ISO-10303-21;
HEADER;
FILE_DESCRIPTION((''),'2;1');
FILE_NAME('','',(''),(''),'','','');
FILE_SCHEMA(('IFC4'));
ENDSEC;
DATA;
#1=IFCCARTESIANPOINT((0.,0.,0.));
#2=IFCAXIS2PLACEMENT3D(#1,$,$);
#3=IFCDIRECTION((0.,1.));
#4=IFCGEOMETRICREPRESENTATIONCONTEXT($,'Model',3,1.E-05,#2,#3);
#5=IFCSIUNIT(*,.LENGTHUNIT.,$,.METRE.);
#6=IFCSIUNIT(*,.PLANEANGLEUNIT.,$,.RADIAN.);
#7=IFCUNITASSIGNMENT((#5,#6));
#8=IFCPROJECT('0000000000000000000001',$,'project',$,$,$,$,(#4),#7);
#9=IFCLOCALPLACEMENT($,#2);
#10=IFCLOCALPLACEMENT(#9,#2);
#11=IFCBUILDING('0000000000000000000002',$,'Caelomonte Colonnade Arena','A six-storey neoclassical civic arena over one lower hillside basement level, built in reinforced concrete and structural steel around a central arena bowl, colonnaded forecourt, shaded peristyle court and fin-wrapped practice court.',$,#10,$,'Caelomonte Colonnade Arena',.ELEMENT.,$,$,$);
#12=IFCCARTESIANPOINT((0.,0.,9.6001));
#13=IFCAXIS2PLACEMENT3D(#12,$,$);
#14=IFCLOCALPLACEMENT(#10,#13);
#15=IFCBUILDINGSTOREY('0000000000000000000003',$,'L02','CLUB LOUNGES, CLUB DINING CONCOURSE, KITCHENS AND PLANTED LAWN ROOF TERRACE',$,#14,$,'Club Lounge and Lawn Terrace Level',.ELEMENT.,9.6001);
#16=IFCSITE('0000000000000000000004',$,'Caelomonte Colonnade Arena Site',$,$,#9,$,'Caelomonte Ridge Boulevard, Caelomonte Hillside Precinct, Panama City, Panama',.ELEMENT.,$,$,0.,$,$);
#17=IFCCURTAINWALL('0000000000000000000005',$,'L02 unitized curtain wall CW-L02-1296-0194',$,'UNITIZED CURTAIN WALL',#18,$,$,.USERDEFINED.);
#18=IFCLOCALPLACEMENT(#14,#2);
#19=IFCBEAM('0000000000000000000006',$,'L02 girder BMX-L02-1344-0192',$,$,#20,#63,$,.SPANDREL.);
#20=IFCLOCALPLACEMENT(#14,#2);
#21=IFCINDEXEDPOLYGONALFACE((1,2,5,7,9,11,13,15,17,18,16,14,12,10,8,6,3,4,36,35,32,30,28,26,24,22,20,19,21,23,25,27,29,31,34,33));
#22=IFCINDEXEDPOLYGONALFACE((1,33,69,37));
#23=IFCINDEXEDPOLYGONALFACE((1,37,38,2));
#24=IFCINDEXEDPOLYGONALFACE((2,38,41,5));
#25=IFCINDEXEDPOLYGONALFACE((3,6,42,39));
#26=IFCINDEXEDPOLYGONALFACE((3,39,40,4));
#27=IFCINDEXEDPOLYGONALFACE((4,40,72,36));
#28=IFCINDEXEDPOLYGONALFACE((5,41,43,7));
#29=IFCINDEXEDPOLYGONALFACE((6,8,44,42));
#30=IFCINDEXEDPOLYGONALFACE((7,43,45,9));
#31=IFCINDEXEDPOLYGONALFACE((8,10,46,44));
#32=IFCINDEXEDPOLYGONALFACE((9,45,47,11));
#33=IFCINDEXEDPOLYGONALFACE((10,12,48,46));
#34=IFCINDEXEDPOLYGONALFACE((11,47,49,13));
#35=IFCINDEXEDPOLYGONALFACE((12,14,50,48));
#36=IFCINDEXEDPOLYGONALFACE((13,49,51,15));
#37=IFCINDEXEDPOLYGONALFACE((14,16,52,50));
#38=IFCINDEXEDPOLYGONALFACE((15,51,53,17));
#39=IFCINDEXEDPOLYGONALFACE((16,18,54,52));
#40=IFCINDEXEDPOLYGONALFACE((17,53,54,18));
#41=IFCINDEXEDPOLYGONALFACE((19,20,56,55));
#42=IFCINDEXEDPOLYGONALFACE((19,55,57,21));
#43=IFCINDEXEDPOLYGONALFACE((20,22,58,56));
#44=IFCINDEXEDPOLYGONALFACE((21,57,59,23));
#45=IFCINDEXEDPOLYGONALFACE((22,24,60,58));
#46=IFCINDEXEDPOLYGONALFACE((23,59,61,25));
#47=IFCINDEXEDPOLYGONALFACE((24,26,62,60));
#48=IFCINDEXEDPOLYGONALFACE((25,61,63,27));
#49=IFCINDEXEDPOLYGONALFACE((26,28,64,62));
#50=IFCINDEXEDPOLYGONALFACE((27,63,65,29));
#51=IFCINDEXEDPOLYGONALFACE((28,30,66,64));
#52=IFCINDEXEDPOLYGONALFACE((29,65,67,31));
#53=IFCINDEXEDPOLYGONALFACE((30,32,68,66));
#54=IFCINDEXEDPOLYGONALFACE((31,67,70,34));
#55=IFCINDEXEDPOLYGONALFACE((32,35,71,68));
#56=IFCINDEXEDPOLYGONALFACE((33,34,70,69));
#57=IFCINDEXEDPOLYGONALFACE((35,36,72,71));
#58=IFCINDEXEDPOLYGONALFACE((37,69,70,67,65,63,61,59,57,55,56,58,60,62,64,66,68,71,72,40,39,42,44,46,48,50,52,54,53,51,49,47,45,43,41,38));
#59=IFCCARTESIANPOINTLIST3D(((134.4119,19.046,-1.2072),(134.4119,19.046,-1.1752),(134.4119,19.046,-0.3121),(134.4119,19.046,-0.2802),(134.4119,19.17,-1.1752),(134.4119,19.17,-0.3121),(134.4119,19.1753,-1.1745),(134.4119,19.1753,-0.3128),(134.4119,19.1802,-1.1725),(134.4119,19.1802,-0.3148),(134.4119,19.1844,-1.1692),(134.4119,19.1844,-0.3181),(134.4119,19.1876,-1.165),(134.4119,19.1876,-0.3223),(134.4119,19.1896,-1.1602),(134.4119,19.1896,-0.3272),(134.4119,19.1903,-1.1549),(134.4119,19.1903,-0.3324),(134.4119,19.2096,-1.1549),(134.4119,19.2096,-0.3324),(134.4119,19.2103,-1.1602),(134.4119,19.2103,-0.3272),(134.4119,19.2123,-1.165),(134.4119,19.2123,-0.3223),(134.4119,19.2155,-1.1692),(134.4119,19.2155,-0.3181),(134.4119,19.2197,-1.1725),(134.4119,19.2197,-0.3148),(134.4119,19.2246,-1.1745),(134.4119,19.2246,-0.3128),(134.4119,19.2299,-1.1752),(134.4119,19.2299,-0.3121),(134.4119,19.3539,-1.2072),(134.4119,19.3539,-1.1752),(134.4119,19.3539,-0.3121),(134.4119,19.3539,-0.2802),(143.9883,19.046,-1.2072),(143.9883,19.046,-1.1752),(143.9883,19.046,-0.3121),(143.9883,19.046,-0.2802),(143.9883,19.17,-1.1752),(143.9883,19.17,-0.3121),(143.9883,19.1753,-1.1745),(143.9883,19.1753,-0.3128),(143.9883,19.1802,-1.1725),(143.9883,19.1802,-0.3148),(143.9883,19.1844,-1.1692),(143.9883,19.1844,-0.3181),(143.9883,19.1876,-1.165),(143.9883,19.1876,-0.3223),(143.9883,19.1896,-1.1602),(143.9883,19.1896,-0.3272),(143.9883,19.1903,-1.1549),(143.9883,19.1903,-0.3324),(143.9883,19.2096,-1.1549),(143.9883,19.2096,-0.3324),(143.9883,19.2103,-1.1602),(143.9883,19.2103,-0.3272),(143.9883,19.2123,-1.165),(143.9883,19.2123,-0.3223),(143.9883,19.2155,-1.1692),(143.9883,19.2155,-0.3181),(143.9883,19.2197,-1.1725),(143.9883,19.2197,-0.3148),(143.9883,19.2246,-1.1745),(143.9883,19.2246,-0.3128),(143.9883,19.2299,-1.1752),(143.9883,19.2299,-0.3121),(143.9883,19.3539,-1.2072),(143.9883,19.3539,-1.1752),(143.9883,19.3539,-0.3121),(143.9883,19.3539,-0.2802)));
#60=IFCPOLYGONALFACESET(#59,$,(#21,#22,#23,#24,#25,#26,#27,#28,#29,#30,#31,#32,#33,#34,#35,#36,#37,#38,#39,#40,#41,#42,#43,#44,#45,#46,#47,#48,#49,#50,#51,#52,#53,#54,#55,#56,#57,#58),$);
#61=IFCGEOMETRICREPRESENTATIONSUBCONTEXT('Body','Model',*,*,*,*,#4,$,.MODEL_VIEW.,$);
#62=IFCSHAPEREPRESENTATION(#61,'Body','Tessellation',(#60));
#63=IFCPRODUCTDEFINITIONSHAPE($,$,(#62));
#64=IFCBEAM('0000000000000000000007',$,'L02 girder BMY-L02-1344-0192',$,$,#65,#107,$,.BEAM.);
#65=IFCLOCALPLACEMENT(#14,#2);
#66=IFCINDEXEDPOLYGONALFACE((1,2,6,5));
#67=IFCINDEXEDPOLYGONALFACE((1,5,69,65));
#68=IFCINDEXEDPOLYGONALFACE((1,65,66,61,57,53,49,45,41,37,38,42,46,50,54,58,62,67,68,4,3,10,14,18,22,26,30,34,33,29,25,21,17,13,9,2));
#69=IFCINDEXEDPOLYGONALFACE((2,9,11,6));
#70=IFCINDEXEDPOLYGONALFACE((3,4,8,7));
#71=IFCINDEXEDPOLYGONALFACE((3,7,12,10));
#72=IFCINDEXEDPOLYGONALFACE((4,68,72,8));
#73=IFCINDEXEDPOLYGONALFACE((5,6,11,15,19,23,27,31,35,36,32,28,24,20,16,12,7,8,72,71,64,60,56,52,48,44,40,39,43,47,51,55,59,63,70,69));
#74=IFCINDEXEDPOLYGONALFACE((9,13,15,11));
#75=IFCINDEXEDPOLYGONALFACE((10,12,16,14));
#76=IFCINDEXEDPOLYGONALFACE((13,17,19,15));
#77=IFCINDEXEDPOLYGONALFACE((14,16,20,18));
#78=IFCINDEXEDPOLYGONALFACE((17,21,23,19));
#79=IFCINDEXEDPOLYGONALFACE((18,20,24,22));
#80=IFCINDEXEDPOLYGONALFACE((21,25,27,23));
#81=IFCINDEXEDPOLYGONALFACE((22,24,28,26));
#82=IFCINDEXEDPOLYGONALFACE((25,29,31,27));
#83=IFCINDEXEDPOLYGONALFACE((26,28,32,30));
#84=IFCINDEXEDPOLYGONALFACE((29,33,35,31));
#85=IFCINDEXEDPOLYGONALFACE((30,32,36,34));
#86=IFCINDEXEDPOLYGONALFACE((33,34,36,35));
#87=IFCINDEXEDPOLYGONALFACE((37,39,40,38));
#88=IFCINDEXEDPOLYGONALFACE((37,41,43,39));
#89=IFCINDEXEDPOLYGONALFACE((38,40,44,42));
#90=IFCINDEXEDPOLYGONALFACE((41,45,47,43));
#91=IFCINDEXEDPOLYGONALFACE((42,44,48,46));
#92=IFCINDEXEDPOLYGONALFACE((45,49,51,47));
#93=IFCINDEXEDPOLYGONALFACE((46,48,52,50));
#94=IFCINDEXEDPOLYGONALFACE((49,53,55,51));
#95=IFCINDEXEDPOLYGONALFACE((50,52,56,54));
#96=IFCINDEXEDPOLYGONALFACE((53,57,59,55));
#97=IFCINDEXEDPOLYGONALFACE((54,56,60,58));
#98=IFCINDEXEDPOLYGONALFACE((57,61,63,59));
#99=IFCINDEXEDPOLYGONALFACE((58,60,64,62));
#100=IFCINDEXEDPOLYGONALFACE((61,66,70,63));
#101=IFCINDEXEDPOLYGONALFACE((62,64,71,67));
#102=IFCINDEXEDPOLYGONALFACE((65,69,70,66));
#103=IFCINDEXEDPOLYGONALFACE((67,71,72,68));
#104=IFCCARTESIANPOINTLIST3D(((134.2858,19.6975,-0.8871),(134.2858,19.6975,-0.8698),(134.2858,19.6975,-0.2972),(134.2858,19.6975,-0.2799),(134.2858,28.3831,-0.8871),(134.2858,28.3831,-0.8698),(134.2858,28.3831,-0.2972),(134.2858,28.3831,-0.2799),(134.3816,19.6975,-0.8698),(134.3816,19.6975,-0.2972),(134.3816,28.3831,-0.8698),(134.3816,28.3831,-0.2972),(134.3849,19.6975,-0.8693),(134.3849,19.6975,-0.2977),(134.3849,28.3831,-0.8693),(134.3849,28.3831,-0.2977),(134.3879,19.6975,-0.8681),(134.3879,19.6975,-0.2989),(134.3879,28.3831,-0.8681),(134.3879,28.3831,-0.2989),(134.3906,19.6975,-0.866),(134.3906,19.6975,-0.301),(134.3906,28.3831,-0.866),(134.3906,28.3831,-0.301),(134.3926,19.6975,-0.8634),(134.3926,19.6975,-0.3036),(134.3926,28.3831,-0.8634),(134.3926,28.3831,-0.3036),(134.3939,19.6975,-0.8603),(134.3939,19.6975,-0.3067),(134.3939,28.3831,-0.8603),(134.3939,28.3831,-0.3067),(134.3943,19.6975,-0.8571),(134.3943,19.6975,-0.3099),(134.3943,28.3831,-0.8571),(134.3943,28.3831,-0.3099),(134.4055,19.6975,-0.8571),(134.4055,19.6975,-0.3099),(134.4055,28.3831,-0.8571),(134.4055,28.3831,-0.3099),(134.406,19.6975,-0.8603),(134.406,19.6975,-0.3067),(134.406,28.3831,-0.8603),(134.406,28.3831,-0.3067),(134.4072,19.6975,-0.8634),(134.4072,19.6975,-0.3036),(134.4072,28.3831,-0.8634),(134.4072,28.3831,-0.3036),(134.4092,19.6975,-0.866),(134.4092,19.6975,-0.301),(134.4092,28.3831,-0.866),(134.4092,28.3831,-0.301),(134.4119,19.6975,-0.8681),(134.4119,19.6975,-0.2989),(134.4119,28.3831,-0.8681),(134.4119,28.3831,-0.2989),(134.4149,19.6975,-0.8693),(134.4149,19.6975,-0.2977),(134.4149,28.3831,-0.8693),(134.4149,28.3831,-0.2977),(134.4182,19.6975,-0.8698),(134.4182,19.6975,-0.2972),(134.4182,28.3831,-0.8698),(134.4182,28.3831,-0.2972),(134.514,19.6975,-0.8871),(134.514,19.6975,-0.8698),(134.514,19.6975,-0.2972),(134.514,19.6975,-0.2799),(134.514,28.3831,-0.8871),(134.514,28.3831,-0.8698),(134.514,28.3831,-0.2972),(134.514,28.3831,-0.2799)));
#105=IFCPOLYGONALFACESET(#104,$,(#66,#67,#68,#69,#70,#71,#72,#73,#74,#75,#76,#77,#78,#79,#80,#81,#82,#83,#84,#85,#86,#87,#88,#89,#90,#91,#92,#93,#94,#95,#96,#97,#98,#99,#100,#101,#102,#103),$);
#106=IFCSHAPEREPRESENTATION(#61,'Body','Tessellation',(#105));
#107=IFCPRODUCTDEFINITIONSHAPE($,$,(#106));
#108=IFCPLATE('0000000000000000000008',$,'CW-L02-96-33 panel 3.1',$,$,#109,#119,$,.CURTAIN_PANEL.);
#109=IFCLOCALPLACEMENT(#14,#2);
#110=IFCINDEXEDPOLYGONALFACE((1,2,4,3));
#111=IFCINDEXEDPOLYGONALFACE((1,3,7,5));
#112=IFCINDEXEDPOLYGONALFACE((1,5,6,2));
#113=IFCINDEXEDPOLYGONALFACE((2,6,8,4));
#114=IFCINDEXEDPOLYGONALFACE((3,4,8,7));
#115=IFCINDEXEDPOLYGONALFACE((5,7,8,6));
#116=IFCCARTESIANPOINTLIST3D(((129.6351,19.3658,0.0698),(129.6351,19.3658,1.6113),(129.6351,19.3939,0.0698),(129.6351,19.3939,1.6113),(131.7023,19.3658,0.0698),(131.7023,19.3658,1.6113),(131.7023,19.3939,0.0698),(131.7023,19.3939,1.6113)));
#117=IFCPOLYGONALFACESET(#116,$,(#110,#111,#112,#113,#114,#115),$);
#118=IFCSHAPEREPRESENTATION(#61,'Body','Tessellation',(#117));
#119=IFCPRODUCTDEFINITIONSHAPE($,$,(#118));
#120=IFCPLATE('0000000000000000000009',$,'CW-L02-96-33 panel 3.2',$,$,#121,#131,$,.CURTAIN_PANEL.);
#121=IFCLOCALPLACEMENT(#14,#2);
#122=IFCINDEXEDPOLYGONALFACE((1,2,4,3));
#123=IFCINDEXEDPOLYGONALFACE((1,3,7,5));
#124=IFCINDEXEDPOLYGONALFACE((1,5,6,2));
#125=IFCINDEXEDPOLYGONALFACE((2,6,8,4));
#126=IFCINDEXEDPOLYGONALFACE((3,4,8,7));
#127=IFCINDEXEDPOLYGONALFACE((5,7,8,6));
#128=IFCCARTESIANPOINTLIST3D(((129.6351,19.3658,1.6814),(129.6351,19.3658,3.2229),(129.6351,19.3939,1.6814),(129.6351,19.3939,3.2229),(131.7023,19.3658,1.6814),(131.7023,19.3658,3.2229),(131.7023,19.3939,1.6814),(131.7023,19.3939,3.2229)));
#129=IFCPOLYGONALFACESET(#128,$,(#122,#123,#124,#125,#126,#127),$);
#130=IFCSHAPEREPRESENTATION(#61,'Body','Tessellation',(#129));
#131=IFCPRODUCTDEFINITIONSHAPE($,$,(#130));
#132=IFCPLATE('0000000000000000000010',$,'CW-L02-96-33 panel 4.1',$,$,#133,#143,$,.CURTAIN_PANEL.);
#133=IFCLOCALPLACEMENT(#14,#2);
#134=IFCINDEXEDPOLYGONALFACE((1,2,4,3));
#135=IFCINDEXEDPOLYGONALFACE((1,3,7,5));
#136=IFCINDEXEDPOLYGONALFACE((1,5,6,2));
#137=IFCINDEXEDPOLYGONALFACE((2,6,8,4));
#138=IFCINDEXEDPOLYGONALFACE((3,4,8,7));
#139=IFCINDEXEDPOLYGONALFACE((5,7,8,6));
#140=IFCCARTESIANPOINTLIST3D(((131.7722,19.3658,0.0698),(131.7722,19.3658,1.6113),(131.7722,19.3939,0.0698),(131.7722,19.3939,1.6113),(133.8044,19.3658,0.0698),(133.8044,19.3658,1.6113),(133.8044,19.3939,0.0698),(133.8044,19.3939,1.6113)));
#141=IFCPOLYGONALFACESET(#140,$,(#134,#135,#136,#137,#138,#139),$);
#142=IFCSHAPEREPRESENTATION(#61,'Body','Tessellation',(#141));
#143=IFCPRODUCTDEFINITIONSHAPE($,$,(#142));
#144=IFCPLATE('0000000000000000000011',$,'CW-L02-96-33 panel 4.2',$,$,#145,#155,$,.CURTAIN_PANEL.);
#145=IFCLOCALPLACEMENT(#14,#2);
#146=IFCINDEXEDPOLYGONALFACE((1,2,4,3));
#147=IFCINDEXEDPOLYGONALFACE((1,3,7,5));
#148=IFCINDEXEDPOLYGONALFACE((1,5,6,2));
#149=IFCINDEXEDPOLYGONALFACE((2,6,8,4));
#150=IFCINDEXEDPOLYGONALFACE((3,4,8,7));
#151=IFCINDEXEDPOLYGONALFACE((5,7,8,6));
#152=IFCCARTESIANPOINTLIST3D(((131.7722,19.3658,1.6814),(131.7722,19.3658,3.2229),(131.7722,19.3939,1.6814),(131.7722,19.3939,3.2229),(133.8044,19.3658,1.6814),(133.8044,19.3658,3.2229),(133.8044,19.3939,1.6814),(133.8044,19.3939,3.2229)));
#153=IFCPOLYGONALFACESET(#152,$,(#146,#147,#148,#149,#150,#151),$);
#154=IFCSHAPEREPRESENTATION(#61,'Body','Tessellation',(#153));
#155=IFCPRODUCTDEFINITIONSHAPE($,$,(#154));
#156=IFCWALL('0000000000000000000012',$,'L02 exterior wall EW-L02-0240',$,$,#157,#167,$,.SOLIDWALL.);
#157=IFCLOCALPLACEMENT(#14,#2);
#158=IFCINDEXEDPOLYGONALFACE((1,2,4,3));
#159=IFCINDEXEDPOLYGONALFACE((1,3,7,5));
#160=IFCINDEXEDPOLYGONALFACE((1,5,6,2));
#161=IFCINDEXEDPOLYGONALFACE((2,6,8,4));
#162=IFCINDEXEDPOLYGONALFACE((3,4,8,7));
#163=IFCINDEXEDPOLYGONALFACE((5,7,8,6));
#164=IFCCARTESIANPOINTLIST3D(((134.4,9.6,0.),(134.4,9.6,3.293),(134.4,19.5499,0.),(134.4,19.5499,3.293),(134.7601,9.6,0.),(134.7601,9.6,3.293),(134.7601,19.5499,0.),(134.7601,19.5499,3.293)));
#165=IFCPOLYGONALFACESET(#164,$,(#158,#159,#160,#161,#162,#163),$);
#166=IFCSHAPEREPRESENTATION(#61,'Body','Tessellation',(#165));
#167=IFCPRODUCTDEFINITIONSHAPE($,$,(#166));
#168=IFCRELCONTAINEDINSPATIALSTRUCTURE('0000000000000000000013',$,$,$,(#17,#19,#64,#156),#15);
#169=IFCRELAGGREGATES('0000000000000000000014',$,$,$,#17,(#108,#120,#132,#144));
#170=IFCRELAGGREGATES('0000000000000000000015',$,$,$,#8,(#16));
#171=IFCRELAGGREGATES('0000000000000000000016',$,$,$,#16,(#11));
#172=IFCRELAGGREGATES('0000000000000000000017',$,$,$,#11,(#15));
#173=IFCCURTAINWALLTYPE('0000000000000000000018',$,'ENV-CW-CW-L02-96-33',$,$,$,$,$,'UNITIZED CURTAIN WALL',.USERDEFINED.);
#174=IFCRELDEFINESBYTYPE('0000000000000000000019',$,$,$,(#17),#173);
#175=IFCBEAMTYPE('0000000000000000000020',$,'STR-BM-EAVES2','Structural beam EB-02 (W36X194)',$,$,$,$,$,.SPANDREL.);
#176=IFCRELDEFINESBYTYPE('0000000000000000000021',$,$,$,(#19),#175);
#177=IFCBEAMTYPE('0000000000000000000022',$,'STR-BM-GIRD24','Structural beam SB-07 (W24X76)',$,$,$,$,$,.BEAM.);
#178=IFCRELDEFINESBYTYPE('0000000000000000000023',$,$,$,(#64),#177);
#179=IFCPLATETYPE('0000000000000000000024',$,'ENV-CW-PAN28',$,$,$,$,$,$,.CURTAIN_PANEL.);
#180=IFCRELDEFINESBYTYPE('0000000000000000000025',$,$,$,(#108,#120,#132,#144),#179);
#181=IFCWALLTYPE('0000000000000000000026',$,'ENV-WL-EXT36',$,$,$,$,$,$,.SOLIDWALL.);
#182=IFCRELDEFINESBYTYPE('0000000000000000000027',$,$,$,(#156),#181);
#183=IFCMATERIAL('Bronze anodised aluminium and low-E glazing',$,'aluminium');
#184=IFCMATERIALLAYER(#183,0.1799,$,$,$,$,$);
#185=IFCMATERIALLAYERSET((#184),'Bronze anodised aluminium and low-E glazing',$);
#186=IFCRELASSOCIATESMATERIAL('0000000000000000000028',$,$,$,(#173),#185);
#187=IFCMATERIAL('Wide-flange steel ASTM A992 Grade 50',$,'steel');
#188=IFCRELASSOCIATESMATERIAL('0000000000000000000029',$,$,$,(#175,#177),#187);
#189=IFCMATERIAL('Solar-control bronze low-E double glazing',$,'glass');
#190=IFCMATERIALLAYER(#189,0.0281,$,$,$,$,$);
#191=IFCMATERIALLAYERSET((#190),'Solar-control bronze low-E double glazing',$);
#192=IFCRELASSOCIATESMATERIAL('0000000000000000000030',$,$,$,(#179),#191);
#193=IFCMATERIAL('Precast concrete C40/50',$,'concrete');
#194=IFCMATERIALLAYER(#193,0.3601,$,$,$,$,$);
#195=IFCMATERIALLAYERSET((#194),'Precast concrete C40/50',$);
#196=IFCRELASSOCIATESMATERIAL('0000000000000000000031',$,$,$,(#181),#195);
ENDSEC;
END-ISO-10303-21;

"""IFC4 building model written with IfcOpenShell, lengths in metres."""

from ifc_helpers import new_model, si_unit, direction, frame, frame_2d, origin, origin_2d, place, context, subcontext, project, spatial, rectangle, i_section, extrude, material, layer, layer_set, material_profile, profile_set, type_object, element, aggregate, save


model = new_model("IFC4")

# Units and contexts
model_context = context("Model", 3, precision=1e-05, world=origin(), true_north=direction((0.0, 1.0)))
body_context = subcontext(model_context, "Body", "Model", "MODEL_VIEW")
ifc_project = project(units=[si_unit("LENGTHUNIT", "METRE"), si_unit("PLANEANGLEUNIT", "RADIAN")], contexts=[model_context])

# Site, building, storey
site_placement = place(None, origin())
site = spatial("IfcSite", under=ifc_project, at=site_placement, Name="Caelomonte Colonnade Arena Site", LongName="Caelomonte Ridge Boulevard, Caelomonte Hillside Precinct, Panama City, Panama", CompositionType="ELEMENT", RefElevation=0.0)
building_placement = place(site_placement, origin())
building = spatial("IfcBuilding", under=site, at=building_placement, Name="Caelomonte Colonnade Arena", Description="A six-storey neoclassical civic arena over one lower hillside basement level, built in reinforced concrete and structural steel around a central arena bowl, colonnaded forecourt, shaded peristyle court and fin-wrapped practice court.", LongName="Caelomonte Colonnade Arena", CompositionType="ELEMENT")
storey_placement = place(building_placement, frame((0.0, 0.0, 9.6001)))
storey = spatial("IfcBuildingStorey", under=building, at=storey_placement, Name="L02", Description="CLUB LOUNGES, CLUB DINING CONCOURSE, KITCHENS AND PLANTED LAWN ROOF TERRACE", LongName="Club Lounge and Lawn Terrace Level", CompositionType="ELEMENT", Elevation=9.6001)

# Shared definitions
ifc_material_1 = material(Name="Wide-flange steel ASTM A992 Grade 50", Category="steel")

# Curtain wall
ifc_material_2 = material(Name="Bronze anodised aluminium and low-E glazing", Category="aluminium")
ifc_layer_1 = layer(ifc_material_2, 0.1799)
ifc_layer_set_1 = layer_set([ifc_layer_1], Name="Bronze anodised aluminium and low-E glazing")
curtain_wall_type = type_object("IfcCurtainWallType", Name="ENV-CW-CW-L02-96-33", ElementType="UNITIZED CURTAIN WALL", PredefinedType="USERDEFINED", material=ifc_layer_set_1)
curtain_wall_placement = place(storey_placement, origin())
curtain_wall = element("IfcCurtainWall", 1, at=curtain_wall_placement, inside=storey, type_object=curtain_wall_type, Name="L02 unitized curtain wall CW-L02-1296-0194", ObjectType="UNITIZED CURTAIN WALL", PredefinedType="USERDEFINED")

# Beams
ifc_material_profile_1 = material_profile(ifc_material_1, i_section(OverallWidth=0.3079, OverallDepth=0.927, WebThickness=0.0193, FlangeThickness=0.032, FilletRadius=0.0203, at=origin_2d()), Name="W36X194")
ifc_profile_set_1 = profile_set([ifc_material_profile_1], Name="Wide-flange steel ASTM A992 Grade 50")
beam_type_1 = type_object("IfcBeamType", Name="STR-BM-EAVES2", Description="Structural beam EB-02 (W36X194)", PredefinedType="SPANDREL", material=ifc_profile_set_1)
beam_1_placement = place(storey_placement, frame((134.4119, 19.2, -0.7437), z_axis=(1.0, 0.0, 0.0), x_axis=(0.0, 1.0, 0.0)))
element("IfcBeam", 2, at=beam_1_placement, inside=storey, type_object=beam_type_1, Name="L02 girder BMX-L02-1344-0192", PredefinedType="SPANDREL", context=body_context, shape_type="SweptSolid", body=[
    extrude(i_section(OverallWidth=0.3079, OverallDepth=0.927, WebThickness=0.0193, FlangeThickness=0.032, FilletRadius=0.0203, at=origin_2d()), origin(), (0.0, 0.0, 1.0), 9.5764),
])
ifc_material_profile_2 = material_profile(ifc_material_1, i_section(OverallWidth=0.2283, OverallDepth=0.6072, WebThickness=0.0112, FlangeThickness=0.0173, FilletRadius=0.0127, at=origin_2d()), Name="W24X76")
ifc_profile_set_2 = profile_set([ifc_material_profile_2], Name="Wide-flange steel ASTM A992 Grade 50")
beam_type_2 = type_object("IfcBeamType", Name="STR-BM-GIRD24", Description="Structural beam SB-07 (W24X76)", PredefinedType="BEAM", material=ifc_profile_set_2)
beam_2_placement = place(storey_placement, frame((134.3999, 19.6975, -0.5835), z_axis=(0.0, 1.0, 0.0), x_axis=(-1.0, 0.0, 0.0)))
element("IfcBeam", 3, at=beam_2_placement, inside=storey, type_object=beam_type_2, Name="L02 girder BMY-L02-1344-0192", PredefinedType="BEAM", context=body_context, shape_type="SweptSolid", body=[
    extrude(i_section(OverallWidth=0.2283, OverallDepth=0.6072, WebThickness=0.0112, FlangeThickness=0.0173, FilletRadius=0.0127, at=origin_2d()), origin(), (0.0, 0.0, 1.0), 8.6855),
])

# Plates
ifc_material_3 = material(Name="Solar-control bronze low-E double glazing", Category="glass")
ifc_layer_2 = layer(ifc_material_3, 0.0281)
ifc_layer_set_2 = layer_set([ifc_layer_2], Name="Solar-control bronze low-E double glazing")
plate_type = type_object("IfcPlateType", Name="ENV-CW-PAN28", PredefinedType="CURTAIN_PANEL", material=ifc_layer_set_2)
plate_1_placement = place(storey_placement, frame((130.6687, 19.3799, 0.0698), z_axis=(0.0, 0.0, 1.0), x_axis=(1.0, 0.0, 0.0)))
plate_1 = element("IfcPlate", 4, at=plate_1_placement, type_object=plate_type, Name="CW-L02-96-33 panel 3.1", PredefinedType="CURTAIN_PANEL", context=body_context, shape_type="SweptSolid", body=[
    extrude(rectangle(XDim=2.0671, YDim=0.0281, at=origin_2d()), origin(), (0.0, 0.0, 1.0), 1.5415),
])
plate_2_placement = place(storey_placement, frame((130.6687, 19.3799, 1.6814), z_axis=(0.0, 0.0, 1.0), x_axis=(1.0, 0.0, 0.0)))
plate_2 = element("IfcPlate", 5, at=plate_2_placement, type_object=plate_type, Name="CW-L02-96-33 panel 3.2", PredefinedType="CURTAIN_PANEL", context=body_context, shape_type="SweptSolid", body=[
    extrude(rectangle(XDim=2.0671, YDim=0.0281, at=origin_2d()), origin(), (0.0, 0.0, 1.0), 1.5415),
])
plate_3_placement = place(storey_placement, frame((132.7883, 19.3799, 0.0698), z_axis=(0.0, 0.0, 1.0), x_axis=(1.0, 0.0, 0.0)))
plate_3 = element("IfcPlate", 6, at=plate_3_placement, type_object=plate_type, Name="CW-L02-96-33 panel 4.1", PredefinedType="CURTAIN_PANEL", context=body_context, shape_type="SweptSolid", body=[
    extrude(rectangle(XDim=2.0322, YDim=0.0281, at=origin_2d()), origin(), (0.0, 0.0, 1.0), 1.5415),
])
plate_4_placement = place(storey_placement, frame((132.7883, 19.3799, 1.6814), z_axis=(0.0, 0.0, 1.0), x_axis=(1.0, 0.0, 0.0)))
plate_4 = element("IfcPlate", 7, at=plate_4_placement, type_object=plate_type, Name="CW-L02-96-33 panel 4.2", PredefinedType="CURTAIN_PANEL", context=body_context, shape_type="SweptSolid", body=[
    extrude(rectangle(XDim=2.0322, YDim=0.0281, at=origin_2d()), origin(), (0.0, 0.0, 1.0), 1.5415),
])
aggregate(curtain_wall, [plate_1, plate_2, plate_3, plate_4])

# Wall
ifc_material_4 = material(Name="Precast concrete C40/50", Category="concrete")
ifc_layer_3 = layer(ifc_material_4, 0.3601)
ifc_layer_set_3 = layer_set([ifc_layer_3], Name="Precast concrete C40/50")
wall_type_1 = type_object("IfcWallType", Name="ENV-WL-EXT36", PredefinedType="SOLIDWALL", material=ifc_layer_set_3)
wall_1_placement = place(storey_placement, frame((134.5801, 19.55, 0.0), z_axis=(0.0, 0.0, 1.0), x_axis=(0.0, -1.0, 0.0)))
element("IfcWall", 8, at=wall_1_placement, inside=storey, type_object=wall_type_1, Name="L02 exterior wall EW-L02-0240", PredefinedType="SOLIDWALL", context=body_context, shape_type="SweptSolid", body=[
    extrude(rectangle(XDim=9.95, YDim=0.3601, at=frame_2d((4.9751, 0.0))), origin(), (0.0, 0.0, 1.0), 3.293),
])

save(model, "model.ifc")
